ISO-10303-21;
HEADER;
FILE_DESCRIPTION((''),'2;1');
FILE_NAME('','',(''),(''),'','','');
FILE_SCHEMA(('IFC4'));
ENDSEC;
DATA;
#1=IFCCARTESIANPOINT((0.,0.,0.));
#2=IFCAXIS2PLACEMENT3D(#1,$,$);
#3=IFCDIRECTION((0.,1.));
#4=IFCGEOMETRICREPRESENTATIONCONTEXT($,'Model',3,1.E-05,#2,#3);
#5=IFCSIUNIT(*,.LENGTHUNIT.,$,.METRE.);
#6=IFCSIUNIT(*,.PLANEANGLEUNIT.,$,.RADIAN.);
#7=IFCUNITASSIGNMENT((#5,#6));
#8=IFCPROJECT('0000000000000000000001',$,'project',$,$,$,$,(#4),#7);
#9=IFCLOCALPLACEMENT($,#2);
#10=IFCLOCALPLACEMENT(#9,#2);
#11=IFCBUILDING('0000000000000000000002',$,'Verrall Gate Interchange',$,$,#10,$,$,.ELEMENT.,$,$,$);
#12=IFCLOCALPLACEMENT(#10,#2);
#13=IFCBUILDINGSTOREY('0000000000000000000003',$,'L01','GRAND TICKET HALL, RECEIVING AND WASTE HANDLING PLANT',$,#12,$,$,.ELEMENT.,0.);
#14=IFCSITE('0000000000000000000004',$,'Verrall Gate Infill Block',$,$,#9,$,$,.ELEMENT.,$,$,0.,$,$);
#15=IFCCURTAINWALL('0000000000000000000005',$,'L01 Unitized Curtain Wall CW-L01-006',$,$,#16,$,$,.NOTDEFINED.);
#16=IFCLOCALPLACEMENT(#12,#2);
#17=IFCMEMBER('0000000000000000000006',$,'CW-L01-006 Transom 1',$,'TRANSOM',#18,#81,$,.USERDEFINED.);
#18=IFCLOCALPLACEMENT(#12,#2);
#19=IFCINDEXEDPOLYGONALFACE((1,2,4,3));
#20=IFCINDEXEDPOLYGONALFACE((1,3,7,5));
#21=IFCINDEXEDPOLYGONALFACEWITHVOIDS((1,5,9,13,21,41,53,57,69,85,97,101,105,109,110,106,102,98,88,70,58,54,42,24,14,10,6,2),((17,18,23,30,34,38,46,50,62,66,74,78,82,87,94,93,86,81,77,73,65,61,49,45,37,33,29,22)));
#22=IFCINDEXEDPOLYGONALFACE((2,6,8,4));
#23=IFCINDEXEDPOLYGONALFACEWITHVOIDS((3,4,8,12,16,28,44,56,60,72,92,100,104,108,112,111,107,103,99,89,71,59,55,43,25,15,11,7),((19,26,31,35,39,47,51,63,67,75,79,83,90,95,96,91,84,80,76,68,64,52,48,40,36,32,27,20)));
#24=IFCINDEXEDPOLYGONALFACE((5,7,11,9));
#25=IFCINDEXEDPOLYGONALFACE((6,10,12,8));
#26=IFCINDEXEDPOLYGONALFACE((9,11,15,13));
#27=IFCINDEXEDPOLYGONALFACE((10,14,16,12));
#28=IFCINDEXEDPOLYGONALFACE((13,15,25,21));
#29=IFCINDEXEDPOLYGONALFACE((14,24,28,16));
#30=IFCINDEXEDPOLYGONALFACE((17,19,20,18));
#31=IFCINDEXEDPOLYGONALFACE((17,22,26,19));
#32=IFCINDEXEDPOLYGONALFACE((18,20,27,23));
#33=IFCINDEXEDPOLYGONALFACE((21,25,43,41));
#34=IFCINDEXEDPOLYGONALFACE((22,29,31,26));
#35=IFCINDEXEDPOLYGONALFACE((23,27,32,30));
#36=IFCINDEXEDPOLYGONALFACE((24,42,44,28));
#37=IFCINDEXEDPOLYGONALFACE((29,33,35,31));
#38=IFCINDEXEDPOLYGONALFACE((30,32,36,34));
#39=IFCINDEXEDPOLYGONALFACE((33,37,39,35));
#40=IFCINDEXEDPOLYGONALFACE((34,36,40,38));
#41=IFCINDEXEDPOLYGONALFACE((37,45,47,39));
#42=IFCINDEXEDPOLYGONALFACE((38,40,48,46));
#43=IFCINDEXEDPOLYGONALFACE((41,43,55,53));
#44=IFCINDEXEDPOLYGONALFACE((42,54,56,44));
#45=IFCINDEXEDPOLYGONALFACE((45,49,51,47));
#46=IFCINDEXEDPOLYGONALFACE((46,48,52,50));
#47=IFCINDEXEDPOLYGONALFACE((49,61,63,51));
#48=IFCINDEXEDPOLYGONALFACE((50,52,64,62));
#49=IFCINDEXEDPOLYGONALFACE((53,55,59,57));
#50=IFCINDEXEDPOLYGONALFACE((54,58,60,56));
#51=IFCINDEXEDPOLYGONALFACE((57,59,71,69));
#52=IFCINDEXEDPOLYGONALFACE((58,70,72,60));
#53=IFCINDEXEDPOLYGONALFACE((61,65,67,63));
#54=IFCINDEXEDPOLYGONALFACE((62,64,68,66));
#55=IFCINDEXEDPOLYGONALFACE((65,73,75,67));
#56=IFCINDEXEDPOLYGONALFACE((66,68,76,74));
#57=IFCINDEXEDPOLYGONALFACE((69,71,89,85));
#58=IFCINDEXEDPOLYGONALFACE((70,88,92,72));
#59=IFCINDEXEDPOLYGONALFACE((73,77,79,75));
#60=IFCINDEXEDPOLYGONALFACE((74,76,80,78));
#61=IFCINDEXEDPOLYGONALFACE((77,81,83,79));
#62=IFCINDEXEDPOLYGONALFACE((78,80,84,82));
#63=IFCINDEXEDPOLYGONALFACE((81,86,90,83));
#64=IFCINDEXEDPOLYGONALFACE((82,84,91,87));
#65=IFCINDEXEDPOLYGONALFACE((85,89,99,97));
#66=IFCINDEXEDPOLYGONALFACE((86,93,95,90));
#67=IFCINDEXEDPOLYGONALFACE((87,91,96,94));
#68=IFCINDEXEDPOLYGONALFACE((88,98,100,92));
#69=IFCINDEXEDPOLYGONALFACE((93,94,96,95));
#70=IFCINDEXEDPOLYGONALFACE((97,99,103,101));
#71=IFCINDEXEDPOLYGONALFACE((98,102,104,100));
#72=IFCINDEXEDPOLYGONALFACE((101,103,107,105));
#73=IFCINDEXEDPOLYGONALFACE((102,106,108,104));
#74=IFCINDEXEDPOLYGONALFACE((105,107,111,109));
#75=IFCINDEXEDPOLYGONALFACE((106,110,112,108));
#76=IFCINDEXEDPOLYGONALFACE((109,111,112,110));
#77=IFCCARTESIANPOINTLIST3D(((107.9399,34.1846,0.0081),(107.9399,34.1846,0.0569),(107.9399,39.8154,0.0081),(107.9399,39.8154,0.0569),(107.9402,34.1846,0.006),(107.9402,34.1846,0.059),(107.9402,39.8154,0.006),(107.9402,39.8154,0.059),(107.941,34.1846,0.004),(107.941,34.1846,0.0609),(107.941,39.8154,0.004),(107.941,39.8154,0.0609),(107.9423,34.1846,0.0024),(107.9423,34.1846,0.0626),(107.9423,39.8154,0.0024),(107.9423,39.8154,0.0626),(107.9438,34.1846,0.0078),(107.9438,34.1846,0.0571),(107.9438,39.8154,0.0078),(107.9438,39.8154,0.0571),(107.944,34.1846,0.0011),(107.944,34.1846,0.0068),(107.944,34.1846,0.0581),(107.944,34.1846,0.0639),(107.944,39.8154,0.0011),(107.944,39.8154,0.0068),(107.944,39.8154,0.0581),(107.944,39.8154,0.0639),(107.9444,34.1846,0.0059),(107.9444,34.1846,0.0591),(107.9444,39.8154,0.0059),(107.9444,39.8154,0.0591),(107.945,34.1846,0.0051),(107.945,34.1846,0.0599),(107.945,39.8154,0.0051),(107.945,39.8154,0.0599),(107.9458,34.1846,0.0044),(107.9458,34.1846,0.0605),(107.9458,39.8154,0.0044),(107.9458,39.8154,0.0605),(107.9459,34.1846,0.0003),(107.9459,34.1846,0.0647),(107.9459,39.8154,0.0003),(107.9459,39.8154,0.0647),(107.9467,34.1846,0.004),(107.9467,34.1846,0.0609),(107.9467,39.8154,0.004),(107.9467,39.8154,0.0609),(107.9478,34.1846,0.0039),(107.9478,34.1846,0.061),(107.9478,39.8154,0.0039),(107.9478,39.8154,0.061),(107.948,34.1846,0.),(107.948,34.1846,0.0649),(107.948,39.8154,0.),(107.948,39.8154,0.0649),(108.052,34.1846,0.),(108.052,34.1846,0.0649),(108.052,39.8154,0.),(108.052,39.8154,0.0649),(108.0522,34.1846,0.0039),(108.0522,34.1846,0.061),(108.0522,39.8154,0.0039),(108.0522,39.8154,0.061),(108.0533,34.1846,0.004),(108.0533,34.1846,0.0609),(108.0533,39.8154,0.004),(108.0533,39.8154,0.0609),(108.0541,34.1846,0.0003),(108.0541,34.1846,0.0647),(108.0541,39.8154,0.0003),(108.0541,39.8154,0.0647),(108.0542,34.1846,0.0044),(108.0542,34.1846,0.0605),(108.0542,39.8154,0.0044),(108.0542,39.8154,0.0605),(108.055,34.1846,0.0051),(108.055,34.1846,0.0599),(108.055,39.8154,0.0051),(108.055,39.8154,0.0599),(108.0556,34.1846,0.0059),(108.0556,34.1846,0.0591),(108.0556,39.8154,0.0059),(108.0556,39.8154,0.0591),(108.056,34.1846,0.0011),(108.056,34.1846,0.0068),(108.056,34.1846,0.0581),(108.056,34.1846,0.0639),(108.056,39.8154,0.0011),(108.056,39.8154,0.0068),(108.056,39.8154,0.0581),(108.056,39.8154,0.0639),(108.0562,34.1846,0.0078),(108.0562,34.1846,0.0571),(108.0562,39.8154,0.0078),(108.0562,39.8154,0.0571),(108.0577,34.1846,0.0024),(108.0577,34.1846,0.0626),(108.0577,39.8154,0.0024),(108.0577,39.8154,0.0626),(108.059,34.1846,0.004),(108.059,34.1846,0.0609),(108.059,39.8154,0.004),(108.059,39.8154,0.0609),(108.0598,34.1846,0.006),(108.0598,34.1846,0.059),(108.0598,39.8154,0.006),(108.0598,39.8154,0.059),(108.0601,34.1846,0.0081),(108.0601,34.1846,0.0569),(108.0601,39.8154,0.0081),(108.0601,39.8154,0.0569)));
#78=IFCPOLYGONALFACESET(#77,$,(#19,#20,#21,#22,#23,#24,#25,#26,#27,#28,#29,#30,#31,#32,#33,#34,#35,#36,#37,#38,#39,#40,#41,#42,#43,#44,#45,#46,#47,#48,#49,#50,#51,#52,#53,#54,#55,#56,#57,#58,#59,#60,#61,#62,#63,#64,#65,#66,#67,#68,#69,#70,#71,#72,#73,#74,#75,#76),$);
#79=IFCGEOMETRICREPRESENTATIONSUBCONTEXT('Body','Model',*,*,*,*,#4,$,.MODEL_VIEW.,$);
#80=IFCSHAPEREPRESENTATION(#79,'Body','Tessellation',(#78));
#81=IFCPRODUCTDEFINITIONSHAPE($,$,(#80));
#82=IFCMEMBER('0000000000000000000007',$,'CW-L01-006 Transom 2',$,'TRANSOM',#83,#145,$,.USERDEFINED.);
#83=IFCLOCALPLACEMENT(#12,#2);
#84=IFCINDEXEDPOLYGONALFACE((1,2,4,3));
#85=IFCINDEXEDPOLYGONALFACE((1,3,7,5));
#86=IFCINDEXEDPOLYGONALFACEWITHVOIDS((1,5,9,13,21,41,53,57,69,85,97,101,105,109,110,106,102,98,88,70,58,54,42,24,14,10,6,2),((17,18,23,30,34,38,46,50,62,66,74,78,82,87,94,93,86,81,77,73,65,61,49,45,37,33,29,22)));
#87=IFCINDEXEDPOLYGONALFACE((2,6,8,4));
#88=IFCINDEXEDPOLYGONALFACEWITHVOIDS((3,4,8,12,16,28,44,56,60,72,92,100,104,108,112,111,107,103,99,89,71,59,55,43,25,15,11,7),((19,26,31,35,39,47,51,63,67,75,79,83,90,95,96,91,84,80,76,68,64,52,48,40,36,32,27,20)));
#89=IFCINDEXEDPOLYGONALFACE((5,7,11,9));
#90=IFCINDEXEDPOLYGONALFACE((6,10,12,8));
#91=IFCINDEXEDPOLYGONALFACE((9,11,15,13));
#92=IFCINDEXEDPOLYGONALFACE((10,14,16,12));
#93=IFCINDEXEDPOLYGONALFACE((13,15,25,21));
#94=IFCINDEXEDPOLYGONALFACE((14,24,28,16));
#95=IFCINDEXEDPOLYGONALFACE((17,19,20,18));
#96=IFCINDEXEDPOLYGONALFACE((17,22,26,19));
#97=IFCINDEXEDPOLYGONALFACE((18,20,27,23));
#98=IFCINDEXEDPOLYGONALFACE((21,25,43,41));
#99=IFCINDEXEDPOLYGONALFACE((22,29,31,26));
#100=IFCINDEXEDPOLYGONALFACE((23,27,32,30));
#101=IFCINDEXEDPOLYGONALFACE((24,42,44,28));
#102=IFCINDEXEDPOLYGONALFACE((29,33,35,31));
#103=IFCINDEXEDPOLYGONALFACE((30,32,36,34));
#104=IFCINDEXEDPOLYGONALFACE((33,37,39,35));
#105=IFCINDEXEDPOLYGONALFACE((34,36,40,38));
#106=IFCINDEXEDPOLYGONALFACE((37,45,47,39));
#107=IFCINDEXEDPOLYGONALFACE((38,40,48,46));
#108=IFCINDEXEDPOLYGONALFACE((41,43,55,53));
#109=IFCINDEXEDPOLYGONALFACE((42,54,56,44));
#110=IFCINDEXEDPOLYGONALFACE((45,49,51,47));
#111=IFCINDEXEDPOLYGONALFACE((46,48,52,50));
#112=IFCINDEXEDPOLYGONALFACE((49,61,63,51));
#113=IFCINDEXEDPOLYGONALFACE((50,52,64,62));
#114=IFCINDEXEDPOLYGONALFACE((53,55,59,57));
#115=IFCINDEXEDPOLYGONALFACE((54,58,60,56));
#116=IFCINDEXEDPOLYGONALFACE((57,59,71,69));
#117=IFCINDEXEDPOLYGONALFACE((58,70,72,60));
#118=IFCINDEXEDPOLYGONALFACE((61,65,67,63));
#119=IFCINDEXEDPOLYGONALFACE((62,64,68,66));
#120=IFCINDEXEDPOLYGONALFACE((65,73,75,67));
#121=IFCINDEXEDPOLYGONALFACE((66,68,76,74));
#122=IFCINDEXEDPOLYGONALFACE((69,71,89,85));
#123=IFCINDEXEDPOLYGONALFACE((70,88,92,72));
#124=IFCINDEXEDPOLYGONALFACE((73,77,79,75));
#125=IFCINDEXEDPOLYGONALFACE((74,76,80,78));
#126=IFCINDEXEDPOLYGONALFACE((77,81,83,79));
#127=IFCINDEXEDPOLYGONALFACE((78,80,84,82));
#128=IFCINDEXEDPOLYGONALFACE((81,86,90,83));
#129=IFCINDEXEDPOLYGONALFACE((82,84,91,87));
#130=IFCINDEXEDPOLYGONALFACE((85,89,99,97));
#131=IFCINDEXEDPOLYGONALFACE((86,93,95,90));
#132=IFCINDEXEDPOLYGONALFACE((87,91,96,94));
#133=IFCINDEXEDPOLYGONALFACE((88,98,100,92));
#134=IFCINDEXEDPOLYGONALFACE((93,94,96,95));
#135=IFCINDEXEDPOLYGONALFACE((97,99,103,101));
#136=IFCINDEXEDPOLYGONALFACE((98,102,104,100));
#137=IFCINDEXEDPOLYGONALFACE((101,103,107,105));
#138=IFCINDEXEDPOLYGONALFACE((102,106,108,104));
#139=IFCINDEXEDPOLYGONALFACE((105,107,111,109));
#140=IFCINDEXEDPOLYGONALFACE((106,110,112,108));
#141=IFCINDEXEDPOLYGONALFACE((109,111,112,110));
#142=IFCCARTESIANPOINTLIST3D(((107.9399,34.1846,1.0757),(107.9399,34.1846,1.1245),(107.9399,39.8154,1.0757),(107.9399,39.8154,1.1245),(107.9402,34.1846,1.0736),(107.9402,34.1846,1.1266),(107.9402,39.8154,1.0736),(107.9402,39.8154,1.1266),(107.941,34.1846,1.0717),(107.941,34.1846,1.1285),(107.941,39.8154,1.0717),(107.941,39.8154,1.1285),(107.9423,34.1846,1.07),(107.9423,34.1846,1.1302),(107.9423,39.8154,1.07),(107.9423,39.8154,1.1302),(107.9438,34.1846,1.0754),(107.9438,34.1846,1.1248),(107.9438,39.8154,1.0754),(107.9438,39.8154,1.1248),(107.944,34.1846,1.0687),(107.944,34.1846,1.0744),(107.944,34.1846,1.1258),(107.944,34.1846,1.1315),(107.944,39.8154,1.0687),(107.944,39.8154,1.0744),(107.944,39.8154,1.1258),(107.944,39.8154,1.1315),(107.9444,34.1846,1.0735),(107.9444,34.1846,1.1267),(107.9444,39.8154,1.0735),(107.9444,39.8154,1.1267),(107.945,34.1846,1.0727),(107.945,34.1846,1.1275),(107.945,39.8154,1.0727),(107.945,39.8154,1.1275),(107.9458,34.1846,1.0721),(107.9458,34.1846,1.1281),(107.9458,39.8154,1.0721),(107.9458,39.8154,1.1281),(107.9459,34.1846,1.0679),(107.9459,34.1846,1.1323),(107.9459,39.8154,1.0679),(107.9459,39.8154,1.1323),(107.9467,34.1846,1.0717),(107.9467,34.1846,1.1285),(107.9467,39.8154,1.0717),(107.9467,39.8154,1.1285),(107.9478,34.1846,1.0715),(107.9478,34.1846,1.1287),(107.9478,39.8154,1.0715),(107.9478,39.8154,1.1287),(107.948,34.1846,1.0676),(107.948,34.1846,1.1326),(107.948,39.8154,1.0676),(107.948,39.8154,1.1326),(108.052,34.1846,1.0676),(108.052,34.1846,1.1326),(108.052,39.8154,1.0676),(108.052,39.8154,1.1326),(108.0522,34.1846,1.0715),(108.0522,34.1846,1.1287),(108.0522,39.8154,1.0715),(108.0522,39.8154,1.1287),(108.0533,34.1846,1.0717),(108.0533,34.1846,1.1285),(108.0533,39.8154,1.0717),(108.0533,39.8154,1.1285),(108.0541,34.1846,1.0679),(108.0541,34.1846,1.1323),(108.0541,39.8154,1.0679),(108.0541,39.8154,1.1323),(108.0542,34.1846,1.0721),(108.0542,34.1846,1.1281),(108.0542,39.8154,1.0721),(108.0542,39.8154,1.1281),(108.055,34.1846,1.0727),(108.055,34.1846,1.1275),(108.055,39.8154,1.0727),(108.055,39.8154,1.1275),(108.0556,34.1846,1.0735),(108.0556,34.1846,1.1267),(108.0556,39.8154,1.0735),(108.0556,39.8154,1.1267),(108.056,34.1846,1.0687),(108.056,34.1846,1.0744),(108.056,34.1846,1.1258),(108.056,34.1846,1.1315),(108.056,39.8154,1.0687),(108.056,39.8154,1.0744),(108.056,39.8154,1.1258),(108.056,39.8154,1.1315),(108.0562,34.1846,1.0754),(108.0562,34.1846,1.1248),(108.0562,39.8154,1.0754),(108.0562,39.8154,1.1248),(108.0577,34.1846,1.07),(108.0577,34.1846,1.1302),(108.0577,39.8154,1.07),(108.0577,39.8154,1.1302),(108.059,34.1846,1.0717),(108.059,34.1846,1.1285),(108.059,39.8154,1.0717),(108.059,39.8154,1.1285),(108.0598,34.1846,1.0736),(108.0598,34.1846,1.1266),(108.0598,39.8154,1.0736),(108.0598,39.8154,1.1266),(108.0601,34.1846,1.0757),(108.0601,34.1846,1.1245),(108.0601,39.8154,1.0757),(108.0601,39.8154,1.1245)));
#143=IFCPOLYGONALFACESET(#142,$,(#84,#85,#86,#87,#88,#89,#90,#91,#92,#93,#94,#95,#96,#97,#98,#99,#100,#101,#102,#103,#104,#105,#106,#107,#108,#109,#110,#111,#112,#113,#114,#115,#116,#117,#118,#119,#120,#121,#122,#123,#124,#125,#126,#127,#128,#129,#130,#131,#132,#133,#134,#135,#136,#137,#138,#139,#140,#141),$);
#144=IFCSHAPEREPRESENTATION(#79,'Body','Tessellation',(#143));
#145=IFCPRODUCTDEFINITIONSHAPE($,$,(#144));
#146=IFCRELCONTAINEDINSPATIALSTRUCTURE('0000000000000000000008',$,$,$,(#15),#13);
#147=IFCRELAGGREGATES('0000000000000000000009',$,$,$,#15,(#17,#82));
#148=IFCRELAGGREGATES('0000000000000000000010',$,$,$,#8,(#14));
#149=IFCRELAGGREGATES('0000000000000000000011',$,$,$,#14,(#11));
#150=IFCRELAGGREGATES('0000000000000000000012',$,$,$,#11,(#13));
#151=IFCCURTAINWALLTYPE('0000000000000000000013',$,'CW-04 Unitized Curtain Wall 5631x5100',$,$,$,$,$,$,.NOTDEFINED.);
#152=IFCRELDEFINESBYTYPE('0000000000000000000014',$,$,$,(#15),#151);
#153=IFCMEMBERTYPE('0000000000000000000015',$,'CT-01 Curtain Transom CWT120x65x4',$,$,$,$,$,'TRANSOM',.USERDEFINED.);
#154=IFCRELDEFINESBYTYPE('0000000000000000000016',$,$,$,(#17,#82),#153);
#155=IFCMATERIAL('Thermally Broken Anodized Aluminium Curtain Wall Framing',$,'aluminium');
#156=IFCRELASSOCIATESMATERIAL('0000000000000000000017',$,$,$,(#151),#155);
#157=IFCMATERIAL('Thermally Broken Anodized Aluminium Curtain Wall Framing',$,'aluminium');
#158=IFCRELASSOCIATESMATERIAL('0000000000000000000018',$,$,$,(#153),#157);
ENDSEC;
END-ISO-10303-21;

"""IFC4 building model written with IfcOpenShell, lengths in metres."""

from ifc_helpers import new_model, si_unit, direction, frame, origin, origin_2d, place, context, subcontext, project, spatial, hollow_rectangle, extrude, material, material_profile, profile_set, type_object, element, aggregate, save


model = new_model("IFC4")

# Units and contexts
model_context = context("Model", 3, precision=1e-05, world=origin(), true_north=direction((0.0, 1.0)))
body_context = subcontext(model_context, "Body", "Model", "MODEL_VIEW")
ifc_project = project(units=[si_unit("LENGTHUNIT", "METRE"), si_unit("PLANEANGLEUNIT", "RADIAN")], contexts=[model_context])

# Site, building, storey
site_placement = place(None, origin())
site = spatial("IfcSite", under=ifc_project, at=site_placement, Name="Verrall Gate Infill Block", CompositionType="ELEMENT", RefElevation=0.0)
building_placement = place(site_placement, origin())
building = spatial("IfcBuilding", under=site, at=building_placement, Name="Verrall Gate Interchange", CompositionType="ELEMENT")
storey_placement = place(building_placement, origin())
storey = spatial("IfcBuildingStorey", under=building, at=storey_placement, Name="L01", Description="GRAND TICKET HALL, RECEIVING AND WASTE HANDLING PLANT", CompositionType="ELEMENT", Elevation=0.0)

# Curtain wall
ifc_material_1 = material(Name="Thermally Broken Anodized Aluminium Curtain Wall Framing", Category="aluminium")
curtain_wall_type = type_object("IfcCurtainWallType", Name="CW-04 Unitized Curtain Wall 5631x5100", PredefinedType="NOTDEFINED", material=ifc_material_1)
curtain_wall_1_placement = place(storey_placement, origin())
curtain_wall_1 = element("IfcCurtainWall", 1, at=curtain_wall_1_placement, inside=storey, type_object=curtain_wall_type, Name="L01 Unitized Curtain Wall CW-L01-006", PredefinedType="NOTDEFINED")

# Members
ifc_material_2 = material(Name="Thermally Broken Anodized Aluminium Curtain Wall Framing", Category="aluminium")
ifc_material_profile_1 = material_profile(ifc_material_2, hollow_rectangle(XDim=0.1201, YDim=0.0649, WallThickness=0.0039, InnerFilletRadius=0.0039, OuterFilletRadius=0.0081, at=origin_2d()), Name="CWT120x65x4")
ifc_profile_set_1 = profile_set([ifc_material_profile_1], Name="Thermally Broken Anodized Aluminium Curtain Wall Framing")
member_type_1 = type_object("IfcMemberType", Name="CT-01 Curtain Transom CWT120x65x4", ElementType="TRANSOM", PredefinedType="USERDEFINED", material=ifc_profile_set_1)
member_1_placement = place(storey_placement, frame((108.0, 34.1846, 0.0325), z_axis=(0.0, 1.0, 0.0), x_axis=(-1.0, 0.0, 0.0)))
member_1 = element("IfcMember", 2, at=member_1_placement, type_object=member_type_1, Name="CW-L01-006 Transom 1", ObjectType="TRANSOM", PredefinedType="USERDEFINED", context=body_context, shape_type="SweptSolid", body=[
    extrude(hollow_rectangle(XDim=0.1201, YDim=0.0649, WallThickness=0.0039, InnerFilletRadius=0.0039, OuterFilletRadius=0.0081, at=origin_2d()), origin(), (0.0, 0.0, 1.0), 5.6309),
])
member_2_placement = place(storey_placement, frame((108.0, 34.1846, 1.1001), z_axis=(0.0, 1.0, 0.0), x_axis=(-1.0, 0.0, 0.0)))
member_2 = element("IfcMember", 3, at=member_2_placement, type_object=member_type_1, Name="CW-L01-006 Transom 2", ObjectType="TRANSOM", PredefinedType="USERDEFINED", context=body_context, shape_type="SweptSolid", body=[
    extrude(hollow_rectangle(XDim=0.1201, YDim=0.0649, WallThickness=0.0039, InnerFilletRadius=0.0039, OuterFilletRadius=0.0081, at=origin_2d()), origin(), (0.0, 0.0, 1.0), 5.6309),
])

aggregate(curtain_wall_1, [member_1, member_2])

save(model, "model.ifc")
